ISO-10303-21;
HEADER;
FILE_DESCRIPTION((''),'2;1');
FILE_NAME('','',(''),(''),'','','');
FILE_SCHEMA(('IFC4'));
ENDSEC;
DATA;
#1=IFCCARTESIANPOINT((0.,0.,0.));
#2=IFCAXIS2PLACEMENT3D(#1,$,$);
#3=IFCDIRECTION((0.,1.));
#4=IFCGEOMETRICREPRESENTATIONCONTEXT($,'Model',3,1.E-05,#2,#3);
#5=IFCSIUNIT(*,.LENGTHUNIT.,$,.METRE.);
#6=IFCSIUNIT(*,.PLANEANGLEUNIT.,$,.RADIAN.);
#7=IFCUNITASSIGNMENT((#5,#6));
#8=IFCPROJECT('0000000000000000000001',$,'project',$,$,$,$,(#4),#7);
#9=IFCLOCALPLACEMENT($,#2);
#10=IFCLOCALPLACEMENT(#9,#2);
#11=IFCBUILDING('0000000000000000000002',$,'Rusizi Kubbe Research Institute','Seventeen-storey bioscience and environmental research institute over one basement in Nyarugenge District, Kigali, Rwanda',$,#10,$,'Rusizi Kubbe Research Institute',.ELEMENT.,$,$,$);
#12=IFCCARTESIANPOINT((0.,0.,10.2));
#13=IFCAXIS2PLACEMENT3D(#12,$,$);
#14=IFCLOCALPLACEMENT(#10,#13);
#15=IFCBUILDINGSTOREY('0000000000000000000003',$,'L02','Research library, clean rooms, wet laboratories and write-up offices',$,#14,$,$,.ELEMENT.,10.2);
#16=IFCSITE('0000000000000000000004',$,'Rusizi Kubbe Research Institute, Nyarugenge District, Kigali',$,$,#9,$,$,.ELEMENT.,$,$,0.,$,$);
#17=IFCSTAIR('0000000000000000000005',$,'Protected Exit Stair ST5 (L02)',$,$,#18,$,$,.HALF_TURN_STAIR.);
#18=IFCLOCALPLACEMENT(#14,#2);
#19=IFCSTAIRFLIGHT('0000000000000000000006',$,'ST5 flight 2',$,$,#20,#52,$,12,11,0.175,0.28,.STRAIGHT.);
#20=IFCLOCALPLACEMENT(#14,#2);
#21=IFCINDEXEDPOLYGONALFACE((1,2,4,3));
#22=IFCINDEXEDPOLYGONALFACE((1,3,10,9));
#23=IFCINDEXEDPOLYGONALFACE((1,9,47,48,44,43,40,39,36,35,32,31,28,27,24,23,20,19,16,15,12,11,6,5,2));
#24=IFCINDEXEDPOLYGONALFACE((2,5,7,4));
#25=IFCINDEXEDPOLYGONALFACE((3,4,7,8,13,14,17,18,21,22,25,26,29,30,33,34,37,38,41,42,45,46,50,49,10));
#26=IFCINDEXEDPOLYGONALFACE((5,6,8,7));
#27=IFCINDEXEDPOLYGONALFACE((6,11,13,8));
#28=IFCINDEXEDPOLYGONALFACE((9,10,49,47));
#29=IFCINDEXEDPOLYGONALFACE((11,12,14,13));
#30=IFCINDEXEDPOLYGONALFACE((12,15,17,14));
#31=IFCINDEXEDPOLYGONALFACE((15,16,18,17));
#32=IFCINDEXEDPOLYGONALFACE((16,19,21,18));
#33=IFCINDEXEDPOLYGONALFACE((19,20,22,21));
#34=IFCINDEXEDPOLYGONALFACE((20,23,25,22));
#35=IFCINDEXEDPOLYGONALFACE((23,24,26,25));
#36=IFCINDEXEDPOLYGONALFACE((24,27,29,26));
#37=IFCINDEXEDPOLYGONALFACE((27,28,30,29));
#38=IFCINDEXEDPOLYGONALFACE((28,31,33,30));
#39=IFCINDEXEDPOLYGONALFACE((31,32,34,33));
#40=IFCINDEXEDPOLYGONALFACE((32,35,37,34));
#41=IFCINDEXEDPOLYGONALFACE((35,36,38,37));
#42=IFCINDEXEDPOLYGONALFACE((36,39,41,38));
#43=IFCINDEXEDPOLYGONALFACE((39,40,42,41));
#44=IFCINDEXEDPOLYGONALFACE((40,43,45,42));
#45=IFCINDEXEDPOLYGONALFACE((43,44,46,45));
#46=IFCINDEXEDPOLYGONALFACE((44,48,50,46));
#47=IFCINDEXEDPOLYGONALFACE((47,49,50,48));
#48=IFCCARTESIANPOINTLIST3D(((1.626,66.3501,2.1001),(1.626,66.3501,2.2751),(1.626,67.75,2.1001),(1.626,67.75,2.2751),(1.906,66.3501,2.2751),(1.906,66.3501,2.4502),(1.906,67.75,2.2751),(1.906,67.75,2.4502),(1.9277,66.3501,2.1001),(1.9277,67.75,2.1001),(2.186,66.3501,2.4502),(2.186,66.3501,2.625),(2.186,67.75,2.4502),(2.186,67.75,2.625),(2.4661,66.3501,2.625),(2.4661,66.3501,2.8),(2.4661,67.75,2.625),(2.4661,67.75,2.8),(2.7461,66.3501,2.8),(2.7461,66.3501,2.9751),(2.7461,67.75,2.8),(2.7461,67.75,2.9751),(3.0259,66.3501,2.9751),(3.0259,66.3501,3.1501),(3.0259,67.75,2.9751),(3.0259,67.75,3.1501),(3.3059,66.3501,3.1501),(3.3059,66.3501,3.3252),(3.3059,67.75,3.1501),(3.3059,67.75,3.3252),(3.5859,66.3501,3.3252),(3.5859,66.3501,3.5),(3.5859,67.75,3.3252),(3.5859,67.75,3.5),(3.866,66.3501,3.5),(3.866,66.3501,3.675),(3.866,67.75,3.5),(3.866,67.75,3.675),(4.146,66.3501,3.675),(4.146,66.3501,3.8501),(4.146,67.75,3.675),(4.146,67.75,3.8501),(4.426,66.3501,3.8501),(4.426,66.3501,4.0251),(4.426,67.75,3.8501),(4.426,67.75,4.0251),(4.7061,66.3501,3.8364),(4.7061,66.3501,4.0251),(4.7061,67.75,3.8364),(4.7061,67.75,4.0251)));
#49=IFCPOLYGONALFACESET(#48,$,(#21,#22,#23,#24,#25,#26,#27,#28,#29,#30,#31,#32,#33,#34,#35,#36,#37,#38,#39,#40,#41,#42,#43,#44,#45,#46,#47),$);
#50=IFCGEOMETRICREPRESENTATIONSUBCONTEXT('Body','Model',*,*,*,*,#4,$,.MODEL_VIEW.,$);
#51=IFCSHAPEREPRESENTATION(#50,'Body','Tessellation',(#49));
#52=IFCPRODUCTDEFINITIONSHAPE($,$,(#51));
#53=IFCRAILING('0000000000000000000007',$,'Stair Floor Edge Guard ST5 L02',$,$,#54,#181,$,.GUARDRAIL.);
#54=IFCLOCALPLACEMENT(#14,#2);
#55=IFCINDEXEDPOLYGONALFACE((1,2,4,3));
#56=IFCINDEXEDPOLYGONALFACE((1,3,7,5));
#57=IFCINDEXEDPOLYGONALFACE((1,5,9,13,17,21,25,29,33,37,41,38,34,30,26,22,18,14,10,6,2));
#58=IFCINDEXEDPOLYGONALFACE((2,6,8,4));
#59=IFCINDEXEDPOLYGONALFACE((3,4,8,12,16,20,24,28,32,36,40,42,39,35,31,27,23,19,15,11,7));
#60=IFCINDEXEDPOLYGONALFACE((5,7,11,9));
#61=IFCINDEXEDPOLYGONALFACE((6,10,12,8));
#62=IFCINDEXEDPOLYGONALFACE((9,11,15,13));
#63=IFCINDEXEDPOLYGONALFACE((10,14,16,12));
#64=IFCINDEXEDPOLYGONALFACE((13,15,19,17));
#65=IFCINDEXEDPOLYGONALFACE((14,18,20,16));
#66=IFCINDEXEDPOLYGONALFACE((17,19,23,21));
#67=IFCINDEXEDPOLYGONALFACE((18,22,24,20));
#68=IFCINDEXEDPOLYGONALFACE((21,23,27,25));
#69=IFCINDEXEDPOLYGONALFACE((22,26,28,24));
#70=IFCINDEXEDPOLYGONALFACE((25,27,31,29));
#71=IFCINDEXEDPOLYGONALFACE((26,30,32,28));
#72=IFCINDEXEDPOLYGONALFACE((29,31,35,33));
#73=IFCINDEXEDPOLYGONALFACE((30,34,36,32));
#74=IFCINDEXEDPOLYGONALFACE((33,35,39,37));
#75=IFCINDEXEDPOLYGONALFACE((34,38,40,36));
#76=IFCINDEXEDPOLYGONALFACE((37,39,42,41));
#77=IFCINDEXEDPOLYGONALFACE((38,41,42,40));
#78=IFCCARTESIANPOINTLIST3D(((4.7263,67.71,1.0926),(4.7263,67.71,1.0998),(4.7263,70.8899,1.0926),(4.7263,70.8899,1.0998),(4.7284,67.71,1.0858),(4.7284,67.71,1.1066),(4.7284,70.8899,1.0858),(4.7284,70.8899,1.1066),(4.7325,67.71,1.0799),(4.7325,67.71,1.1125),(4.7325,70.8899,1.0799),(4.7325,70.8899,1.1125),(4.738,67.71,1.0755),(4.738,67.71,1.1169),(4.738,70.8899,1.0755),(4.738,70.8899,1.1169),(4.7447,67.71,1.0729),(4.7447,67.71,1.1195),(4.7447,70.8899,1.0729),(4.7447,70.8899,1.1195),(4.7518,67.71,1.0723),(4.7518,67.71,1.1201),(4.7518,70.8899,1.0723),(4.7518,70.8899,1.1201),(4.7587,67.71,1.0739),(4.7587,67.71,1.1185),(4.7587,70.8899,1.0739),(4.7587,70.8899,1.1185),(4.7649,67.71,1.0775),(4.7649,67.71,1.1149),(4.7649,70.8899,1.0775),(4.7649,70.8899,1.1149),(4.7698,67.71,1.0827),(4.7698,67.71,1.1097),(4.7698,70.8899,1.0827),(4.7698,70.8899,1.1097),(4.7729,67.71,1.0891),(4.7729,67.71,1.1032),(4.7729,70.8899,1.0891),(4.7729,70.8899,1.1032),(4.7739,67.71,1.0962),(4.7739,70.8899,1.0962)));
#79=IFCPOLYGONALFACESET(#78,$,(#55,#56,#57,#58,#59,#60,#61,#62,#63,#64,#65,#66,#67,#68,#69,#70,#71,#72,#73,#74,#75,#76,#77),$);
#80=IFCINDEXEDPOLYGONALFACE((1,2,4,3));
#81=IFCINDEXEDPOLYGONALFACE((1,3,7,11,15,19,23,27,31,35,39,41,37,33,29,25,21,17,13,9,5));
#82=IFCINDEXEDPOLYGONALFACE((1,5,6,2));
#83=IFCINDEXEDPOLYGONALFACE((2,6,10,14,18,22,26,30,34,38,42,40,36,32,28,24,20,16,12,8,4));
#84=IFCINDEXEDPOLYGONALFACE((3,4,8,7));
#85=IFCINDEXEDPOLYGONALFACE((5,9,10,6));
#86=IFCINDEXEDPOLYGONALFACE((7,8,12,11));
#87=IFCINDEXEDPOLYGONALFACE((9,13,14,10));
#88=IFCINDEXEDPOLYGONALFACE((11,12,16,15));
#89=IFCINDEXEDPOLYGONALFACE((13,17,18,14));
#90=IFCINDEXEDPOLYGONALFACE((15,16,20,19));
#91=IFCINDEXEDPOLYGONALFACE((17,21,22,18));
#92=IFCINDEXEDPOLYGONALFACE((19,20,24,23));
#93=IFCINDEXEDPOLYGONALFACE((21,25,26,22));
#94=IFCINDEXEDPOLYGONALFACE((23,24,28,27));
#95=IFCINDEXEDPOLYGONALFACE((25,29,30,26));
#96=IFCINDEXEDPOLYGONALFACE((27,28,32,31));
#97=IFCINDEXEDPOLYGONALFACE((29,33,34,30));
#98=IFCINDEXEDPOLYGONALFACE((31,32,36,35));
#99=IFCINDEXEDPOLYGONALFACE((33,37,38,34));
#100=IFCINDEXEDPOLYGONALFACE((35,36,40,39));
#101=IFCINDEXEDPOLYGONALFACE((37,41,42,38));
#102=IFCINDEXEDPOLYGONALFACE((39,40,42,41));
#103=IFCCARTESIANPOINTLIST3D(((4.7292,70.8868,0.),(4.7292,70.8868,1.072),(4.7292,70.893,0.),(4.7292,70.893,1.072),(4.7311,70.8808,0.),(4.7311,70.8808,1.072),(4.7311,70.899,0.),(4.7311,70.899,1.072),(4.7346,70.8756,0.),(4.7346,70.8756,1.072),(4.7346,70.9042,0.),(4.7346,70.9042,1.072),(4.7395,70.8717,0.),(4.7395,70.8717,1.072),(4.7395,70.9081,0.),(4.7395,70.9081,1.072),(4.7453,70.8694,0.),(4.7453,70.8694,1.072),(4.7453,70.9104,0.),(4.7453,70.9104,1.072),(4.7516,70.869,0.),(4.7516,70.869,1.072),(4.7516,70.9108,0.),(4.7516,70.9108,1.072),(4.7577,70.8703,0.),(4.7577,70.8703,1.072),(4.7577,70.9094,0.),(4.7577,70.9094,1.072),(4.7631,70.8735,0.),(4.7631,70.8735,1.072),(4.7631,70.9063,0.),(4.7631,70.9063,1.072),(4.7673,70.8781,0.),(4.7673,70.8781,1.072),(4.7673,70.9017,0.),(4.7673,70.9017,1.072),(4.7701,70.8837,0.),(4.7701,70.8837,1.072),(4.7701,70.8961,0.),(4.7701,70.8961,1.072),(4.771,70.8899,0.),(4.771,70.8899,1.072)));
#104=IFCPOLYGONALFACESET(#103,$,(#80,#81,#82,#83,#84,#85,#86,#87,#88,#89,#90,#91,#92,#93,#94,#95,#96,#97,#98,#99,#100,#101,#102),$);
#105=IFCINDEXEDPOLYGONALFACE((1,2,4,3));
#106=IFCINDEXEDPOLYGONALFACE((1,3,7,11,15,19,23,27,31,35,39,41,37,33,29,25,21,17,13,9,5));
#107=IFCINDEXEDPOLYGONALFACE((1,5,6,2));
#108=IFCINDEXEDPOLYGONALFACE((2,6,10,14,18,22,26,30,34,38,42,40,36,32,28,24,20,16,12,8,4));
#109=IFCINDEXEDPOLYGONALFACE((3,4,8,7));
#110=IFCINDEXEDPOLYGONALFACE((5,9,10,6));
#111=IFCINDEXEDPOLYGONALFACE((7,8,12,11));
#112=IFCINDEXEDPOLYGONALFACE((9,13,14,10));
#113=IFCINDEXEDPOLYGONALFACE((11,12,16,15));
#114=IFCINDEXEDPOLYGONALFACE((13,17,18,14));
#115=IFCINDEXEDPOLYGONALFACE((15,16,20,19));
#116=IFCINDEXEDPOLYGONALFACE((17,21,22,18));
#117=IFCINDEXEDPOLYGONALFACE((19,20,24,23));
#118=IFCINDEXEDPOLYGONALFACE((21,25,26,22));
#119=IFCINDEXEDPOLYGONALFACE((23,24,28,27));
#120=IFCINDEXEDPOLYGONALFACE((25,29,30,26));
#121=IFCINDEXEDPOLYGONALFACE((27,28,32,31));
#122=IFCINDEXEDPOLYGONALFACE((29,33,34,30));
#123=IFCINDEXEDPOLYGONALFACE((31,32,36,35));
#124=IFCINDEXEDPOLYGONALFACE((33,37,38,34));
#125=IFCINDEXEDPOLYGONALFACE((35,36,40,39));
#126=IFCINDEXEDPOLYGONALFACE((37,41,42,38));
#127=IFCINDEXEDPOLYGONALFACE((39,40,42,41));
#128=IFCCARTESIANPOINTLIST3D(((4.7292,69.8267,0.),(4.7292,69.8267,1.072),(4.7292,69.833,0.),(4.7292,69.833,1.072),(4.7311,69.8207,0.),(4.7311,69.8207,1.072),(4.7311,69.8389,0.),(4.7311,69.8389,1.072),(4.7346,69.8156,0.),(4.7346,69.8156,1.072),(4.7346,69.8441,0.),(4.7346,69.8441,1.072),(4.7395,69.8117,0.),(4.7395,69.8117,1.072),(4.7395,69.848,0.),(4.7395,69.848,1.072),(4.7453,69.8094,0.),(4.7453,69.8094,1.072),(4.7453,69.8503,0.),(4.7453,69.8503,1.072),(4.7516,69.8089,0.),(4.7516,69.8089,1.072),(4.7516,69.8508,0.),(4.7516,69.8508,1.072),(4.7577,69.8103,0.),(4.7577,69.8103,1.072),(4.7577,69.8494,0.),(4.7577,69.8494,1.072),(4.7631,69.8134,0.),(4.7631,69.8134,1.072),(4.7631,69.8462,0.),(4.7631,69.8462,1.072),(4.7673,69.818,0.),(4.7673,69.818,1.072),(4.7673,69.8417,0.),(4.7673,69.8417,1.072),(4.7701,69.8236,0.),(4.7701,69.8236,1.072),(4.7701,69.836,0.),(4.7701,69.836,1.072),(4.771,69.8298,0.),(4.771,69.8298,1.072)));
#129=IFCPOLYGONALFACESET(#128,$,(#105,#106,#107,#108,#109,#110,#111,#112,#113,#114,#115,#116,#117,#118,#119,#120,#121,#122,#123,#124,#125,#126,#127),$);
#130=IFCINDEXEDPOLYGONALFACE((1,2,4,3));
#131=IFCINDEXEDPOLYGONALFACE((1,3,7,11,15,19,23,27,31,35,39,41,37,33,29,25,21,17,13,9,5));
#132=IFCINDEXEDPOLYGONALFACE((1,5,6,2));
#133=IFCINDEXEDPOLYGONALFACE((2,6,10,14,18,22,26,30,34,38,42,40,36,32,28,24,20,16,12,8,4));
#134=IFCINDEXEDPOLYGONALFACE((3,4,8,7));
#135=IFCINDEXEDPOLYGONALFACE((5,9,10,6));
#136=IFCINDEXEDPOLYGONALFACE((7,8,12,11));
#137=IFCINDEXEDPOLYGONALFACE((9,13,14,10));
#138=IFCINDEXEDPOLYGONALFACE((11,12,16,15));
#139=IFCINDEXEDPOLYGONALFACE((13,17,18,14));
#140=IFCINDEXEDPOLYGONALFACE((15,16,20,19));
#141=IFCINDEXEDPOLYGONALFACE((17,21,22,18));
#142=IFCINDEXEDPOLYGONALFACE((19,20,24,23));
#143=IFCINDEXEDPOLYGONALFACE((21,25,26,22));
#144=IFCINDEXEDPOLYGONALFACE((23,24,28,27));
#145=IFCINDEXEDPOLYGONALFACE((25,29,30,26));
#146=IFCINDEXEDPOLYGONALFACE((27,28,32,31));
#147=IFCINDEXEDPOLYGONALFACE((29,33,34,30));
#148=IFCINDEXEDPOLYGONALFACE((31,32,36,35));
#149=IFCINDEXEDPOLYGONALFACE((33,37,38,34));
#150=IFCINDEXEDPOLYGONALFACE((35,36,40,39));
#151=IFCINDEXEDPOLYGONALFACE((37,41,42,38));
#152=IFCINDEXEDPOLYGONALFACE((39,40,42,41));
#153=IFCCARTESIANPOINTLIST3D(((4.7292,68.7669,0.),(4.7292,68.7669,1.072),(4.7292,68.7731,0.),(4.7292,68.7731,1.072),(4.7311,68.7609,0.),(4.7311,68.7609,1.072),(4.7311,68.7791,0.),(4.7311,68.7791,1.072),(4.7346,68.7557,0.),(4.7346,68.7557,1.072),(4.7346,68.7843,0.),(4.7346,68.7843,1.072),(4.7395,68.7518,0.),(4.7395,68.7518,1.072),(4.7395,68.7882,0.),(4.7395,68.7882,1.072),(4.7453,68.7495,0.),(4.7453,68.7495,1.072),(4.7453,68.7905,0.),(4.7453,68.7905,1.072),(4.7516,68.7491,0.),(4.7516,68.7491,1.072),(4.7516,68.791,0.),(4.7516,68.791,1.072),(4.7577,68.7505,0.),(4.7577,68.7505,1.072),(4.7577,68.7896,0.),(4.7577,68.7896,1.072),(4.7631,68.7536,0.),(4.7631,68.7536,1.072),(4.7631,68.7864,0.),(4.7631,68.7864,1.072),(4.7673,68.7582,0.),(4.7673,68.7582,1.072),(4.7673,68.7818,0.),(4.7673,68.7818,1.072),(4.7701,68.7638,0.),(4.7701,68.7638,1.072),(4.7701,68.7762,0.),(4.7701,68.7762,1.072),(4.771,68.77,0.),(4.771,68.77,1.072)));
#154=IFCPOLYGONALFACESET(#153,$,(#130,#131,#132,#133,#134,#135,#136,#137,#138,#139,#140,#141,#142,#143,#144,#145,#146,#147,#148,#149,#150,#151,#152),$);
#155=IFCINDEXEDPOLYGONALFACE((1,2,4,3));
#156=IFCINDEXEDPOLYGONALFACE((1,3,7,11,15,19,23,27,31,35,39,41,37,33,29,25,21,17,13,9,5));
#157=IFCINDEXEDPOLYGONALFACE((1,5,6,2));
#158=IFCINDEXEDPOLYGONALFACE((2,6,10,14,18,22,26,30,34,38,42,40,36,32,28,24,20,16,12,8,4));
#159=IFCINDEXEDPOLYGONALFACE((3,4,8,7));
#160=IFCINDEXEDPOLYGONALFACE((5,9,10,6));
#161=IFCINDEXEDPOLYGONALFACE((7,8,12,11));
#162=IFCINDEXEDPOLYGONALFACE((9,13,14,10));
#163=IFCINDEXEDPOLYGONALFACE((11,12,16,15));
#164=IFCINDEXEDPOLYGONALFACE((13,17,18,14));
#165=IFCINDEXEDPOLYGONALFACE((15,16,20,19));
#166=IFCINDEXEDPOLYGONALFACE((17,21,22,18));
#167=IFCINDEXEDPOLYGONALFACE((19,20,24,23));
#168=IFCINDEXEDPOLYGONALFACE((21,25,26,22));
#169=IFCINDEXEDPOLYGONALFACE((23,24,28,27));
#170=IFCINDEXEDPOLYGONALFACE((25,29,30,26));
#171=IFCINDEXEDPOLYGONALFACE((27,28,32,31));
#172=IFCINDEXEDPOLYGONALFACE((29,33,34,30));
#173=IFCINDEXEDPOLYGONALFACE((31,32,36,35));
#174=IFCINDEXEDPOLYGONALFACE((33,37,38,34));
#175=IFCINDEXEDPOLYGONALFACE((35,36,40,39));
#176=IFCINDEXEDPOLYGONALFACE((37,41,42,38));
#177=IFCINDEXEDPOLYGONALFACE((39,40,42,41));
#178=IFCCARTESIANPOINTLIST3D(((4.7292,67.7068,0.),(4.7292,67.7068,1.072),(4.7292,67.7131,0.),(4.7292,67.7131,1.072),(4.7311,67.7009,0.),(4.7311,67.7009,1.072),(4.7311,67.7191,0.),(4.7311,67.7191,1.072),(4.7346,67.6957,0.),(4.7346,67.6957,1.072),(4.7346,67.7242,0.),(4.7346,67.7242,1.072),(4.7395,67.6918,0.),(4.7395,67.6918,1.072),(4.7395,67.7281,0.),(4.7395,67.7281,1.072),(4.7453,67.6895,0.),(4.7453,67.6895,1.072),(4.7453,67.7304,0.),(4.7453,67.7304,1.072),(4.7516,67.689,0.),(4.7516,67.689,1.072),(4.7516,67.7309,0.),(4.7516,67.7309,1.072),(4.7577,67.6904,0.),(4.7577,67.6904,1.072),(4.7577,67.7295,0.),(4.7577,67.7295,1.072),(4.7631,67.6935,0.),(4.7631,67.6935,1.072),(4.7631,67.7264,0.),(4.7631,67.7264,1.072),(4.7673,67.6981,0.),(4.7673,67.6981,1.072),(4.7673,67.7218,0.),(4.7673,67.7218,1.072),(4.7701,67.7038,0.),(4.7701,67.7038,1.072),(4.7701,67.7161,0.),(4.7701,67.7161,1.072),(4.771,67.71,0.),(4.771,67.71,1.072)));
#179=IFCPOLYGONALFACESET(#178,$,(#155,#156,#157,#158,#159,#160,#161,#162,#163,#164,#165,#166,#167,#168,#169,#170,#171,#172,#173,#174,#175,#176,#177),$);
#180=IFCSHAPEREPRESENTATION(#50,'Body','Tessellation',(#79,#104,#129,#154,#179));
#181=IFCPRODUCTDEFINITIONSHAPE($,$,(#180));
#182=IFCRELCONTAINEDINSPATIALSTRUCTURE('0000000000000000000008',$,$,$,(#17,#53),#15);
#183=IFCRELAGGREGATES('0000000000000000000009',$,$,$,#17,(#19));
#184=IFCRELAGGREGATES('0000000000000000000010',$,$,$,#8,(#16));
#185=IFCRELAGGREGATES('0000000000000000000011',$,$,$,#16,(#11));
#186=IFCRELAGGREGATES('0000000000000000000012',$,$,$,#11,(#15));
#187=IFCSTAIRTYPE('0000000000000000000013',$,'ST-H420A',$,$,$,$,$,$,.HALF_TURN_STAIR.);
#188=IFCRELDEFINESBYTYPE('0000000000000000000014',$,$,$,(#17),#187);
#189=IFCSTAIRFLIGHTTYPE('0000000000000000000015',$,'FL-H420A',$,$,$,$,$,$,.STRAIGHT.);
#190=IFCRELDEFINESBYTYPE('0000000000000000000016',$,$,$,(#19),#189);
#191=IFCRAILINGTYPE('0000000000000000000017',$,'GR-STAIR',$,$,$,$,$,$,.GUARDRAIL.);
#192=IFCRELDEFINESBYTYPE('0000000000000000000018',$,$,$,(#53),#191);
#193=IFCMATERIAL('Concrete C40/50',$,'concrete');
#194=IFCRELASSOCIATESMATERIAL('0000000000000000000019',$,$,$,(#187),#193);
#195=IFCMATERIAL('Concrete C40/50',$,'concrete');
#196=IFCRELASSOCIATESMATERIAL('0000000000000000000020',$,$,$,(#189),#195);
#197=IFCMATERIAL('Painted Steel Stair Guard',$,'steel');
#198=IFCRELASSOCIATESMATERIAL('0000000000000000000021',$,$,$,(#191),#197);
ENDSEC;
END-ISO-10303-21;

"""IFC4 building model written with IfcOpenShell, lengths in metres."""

from ifc_helpers import new_model, si_unit, direction, frame, origin, origin_2d, place, context, subcontext, project, spatial, polyline, circle, outline, extrude, material, type_object, element, aggregate, save


model = new_model("IFC4")

# Units and contexts
model_context = context("Model", 3, precision=1e-05, world=origin(), true_north=direction((0.0, 1.0)))
body_context = subcontext(model_context, "Body", "Model", "MODEL_VIEW")
ifc_project = project(units=[si_unit("LENGTHUNIT", "METRE"), si_unit("PLANEANGLEUNIT", "RADIAN")], contexts=[model_context])

# Site, building, storey
site_placement = place(None, origin())
site = spatial("IfcSite", under=ifc_project, at=site_placement, Name="Rusizi Kubbe Research Institute, Nyarugenge District, Kigali", CompositionType="ELEMENT", RefElevation=0.0)
building_placement = place(site_placement, origin())
building = spatial("IfcBuilding", under=site, at=building_placement, Name="Rusizi Kubbe Research Institute", Description="Seventeen-storey bioscience and environmental research institute over one basement in Nyarugenge District, Kigali, Rwanda", LongName="Rusizi Kubbe Research Institute", CompositionType="ELEMENT")
storey_placement = place(building_placement, frame((0.0, 0.0, 10.2)))
storey = spatial("IfcBuildingStorey", under=building, at=storey_placement, Name="L02", Description="Research library, clean rooms, wet laboratories and write-up offices", CompositionType="ELEMENT", Elevation=10.2)

# Stair, stair flight
ifc_material_1 = material(Name="Concrete C40/50", Category="concrete")
stair_type = type_object("IfcStairType", Name="ST-H420A", PredefinedType="HALF_TURN_STAIR", material=ifc_material_1)
stair_placement = place(storey_placement, origin())
stair = element("IfcStair", 1, at=stair_placement, inside=storey, type_object=stair_type, Name="Protected Exit Stair ST5 (L02)", PredefinedType="HALF_TURN_STAIR")
ifc_material_2 = material(Name="Concrete C40/50", Category="concrete")
stair_flight_type = type_object("IfcStairFlightType", Name="FL-H420A", PredefinedType="STRAIGHT", material=ifc_material_2)
stair_flight_1_placement = place(storey_placement, frame((1.626, 67.05, 2.1001), z_axis=(0.0, 0.0, 1.0), x_axis=(1.0, 0.0, 0.0)))
stair_flight_1 = element("IfcStairFlight", 2, at=stair_flight_1_placement, type_object=stair_flight_type, Name="ST5 flight 2", NumberOfRisers=12, NumberOfTreads=11, PredefinedType="STRAIGHT", RiserHeight=0.175, TreadLength=0.28, context=body_context, shape_type="SweptSolid", body=[
    extrude(outline(polyline([(0.0, 0.0), (0.0, 0.175), (0.28, 0.175), (0.28, 0.3501), (0.5601, 0.3501), (0.5601, 0.5249), (0.8401, 0.5249), (0.8401, 0.7), (1.1201, 0.7), (1.1201, 0.875), (1.3999, 0.875), (1.3999, 1.05), (1.6799, 1.05), (1.6799, 1.2251), (1.96, 1.2251), (1.96, 1.3999), (2.24, 1.3999), (2.24, 1.575), (2.52, 1.575), (2.52, 1.75), (2.8, 1.75), (2.8, 1.925), (3.0801, 1.925), (3.0801, 2.1001), (3.0801, 1.7363), (0.3018, 0.0), (0.0, 0.0)])), frame((0.0, 0.7, 0.0), z_axis=(0.0, -1.0, 0.0), x_axis=(1.0, 0.0, 0.0)), (0.0, 0.0, 1.0), 1.3999),
])
aggregate(stair, [stair_flight_1])

# Railing
ifc_material_3 = material(Name="Painted Steel Stair Guard", Category="steel")
railing_type_1 = type_object("IfcRailingType", Name="GR-STAIR", PredefinedType="GUARDRAIL", material=ifc_material_3)
railing_1_placement = place(storey_placement, frame((4.75, 70.8899, 0.0)))
element("IfcRailing", 3, at=railing_1_placement, inside=storey, type_object=railing_type_1, Name="Stair Floor Edge Guard ST5 L02", PredefinedType="GUARDRAIL", context=body_context, shape_type="SweptSolid", body=[
    extrude(circle(Radius=0.0239, at=origin_2d()), frame((0.0, 0.0, 1.0962), z_axis=(0.0, -1.0, 0.0), x_axis=(1.0, 0.0, 0.0)), (0.0, 0.0, 1.0), 3.1799),
    extrude(circle(Radius=0.021, at=origin_2d()), origin(), (0.0, 0.0, 1.0), 1.072),
    extrude(circle(Radius=0.021, at=origin_2d()), frame((0.0, -1.0601, 0.0)), (0.0, 0.0, 1.0), 1.072),
    extrude(circle(Radius=0.021, at=origin_2d()), frame((0.0, -2.1199, 0.0)), (0.0, 0.0, 1.0), 1.072),
    extrude(circle(Radius=0.021, at=origin_2d()), frame((0.0, -3.1799, 0.0)), (0.0, 0.0, 1.0), 1.072),
])

save(model, "model.ifc")
